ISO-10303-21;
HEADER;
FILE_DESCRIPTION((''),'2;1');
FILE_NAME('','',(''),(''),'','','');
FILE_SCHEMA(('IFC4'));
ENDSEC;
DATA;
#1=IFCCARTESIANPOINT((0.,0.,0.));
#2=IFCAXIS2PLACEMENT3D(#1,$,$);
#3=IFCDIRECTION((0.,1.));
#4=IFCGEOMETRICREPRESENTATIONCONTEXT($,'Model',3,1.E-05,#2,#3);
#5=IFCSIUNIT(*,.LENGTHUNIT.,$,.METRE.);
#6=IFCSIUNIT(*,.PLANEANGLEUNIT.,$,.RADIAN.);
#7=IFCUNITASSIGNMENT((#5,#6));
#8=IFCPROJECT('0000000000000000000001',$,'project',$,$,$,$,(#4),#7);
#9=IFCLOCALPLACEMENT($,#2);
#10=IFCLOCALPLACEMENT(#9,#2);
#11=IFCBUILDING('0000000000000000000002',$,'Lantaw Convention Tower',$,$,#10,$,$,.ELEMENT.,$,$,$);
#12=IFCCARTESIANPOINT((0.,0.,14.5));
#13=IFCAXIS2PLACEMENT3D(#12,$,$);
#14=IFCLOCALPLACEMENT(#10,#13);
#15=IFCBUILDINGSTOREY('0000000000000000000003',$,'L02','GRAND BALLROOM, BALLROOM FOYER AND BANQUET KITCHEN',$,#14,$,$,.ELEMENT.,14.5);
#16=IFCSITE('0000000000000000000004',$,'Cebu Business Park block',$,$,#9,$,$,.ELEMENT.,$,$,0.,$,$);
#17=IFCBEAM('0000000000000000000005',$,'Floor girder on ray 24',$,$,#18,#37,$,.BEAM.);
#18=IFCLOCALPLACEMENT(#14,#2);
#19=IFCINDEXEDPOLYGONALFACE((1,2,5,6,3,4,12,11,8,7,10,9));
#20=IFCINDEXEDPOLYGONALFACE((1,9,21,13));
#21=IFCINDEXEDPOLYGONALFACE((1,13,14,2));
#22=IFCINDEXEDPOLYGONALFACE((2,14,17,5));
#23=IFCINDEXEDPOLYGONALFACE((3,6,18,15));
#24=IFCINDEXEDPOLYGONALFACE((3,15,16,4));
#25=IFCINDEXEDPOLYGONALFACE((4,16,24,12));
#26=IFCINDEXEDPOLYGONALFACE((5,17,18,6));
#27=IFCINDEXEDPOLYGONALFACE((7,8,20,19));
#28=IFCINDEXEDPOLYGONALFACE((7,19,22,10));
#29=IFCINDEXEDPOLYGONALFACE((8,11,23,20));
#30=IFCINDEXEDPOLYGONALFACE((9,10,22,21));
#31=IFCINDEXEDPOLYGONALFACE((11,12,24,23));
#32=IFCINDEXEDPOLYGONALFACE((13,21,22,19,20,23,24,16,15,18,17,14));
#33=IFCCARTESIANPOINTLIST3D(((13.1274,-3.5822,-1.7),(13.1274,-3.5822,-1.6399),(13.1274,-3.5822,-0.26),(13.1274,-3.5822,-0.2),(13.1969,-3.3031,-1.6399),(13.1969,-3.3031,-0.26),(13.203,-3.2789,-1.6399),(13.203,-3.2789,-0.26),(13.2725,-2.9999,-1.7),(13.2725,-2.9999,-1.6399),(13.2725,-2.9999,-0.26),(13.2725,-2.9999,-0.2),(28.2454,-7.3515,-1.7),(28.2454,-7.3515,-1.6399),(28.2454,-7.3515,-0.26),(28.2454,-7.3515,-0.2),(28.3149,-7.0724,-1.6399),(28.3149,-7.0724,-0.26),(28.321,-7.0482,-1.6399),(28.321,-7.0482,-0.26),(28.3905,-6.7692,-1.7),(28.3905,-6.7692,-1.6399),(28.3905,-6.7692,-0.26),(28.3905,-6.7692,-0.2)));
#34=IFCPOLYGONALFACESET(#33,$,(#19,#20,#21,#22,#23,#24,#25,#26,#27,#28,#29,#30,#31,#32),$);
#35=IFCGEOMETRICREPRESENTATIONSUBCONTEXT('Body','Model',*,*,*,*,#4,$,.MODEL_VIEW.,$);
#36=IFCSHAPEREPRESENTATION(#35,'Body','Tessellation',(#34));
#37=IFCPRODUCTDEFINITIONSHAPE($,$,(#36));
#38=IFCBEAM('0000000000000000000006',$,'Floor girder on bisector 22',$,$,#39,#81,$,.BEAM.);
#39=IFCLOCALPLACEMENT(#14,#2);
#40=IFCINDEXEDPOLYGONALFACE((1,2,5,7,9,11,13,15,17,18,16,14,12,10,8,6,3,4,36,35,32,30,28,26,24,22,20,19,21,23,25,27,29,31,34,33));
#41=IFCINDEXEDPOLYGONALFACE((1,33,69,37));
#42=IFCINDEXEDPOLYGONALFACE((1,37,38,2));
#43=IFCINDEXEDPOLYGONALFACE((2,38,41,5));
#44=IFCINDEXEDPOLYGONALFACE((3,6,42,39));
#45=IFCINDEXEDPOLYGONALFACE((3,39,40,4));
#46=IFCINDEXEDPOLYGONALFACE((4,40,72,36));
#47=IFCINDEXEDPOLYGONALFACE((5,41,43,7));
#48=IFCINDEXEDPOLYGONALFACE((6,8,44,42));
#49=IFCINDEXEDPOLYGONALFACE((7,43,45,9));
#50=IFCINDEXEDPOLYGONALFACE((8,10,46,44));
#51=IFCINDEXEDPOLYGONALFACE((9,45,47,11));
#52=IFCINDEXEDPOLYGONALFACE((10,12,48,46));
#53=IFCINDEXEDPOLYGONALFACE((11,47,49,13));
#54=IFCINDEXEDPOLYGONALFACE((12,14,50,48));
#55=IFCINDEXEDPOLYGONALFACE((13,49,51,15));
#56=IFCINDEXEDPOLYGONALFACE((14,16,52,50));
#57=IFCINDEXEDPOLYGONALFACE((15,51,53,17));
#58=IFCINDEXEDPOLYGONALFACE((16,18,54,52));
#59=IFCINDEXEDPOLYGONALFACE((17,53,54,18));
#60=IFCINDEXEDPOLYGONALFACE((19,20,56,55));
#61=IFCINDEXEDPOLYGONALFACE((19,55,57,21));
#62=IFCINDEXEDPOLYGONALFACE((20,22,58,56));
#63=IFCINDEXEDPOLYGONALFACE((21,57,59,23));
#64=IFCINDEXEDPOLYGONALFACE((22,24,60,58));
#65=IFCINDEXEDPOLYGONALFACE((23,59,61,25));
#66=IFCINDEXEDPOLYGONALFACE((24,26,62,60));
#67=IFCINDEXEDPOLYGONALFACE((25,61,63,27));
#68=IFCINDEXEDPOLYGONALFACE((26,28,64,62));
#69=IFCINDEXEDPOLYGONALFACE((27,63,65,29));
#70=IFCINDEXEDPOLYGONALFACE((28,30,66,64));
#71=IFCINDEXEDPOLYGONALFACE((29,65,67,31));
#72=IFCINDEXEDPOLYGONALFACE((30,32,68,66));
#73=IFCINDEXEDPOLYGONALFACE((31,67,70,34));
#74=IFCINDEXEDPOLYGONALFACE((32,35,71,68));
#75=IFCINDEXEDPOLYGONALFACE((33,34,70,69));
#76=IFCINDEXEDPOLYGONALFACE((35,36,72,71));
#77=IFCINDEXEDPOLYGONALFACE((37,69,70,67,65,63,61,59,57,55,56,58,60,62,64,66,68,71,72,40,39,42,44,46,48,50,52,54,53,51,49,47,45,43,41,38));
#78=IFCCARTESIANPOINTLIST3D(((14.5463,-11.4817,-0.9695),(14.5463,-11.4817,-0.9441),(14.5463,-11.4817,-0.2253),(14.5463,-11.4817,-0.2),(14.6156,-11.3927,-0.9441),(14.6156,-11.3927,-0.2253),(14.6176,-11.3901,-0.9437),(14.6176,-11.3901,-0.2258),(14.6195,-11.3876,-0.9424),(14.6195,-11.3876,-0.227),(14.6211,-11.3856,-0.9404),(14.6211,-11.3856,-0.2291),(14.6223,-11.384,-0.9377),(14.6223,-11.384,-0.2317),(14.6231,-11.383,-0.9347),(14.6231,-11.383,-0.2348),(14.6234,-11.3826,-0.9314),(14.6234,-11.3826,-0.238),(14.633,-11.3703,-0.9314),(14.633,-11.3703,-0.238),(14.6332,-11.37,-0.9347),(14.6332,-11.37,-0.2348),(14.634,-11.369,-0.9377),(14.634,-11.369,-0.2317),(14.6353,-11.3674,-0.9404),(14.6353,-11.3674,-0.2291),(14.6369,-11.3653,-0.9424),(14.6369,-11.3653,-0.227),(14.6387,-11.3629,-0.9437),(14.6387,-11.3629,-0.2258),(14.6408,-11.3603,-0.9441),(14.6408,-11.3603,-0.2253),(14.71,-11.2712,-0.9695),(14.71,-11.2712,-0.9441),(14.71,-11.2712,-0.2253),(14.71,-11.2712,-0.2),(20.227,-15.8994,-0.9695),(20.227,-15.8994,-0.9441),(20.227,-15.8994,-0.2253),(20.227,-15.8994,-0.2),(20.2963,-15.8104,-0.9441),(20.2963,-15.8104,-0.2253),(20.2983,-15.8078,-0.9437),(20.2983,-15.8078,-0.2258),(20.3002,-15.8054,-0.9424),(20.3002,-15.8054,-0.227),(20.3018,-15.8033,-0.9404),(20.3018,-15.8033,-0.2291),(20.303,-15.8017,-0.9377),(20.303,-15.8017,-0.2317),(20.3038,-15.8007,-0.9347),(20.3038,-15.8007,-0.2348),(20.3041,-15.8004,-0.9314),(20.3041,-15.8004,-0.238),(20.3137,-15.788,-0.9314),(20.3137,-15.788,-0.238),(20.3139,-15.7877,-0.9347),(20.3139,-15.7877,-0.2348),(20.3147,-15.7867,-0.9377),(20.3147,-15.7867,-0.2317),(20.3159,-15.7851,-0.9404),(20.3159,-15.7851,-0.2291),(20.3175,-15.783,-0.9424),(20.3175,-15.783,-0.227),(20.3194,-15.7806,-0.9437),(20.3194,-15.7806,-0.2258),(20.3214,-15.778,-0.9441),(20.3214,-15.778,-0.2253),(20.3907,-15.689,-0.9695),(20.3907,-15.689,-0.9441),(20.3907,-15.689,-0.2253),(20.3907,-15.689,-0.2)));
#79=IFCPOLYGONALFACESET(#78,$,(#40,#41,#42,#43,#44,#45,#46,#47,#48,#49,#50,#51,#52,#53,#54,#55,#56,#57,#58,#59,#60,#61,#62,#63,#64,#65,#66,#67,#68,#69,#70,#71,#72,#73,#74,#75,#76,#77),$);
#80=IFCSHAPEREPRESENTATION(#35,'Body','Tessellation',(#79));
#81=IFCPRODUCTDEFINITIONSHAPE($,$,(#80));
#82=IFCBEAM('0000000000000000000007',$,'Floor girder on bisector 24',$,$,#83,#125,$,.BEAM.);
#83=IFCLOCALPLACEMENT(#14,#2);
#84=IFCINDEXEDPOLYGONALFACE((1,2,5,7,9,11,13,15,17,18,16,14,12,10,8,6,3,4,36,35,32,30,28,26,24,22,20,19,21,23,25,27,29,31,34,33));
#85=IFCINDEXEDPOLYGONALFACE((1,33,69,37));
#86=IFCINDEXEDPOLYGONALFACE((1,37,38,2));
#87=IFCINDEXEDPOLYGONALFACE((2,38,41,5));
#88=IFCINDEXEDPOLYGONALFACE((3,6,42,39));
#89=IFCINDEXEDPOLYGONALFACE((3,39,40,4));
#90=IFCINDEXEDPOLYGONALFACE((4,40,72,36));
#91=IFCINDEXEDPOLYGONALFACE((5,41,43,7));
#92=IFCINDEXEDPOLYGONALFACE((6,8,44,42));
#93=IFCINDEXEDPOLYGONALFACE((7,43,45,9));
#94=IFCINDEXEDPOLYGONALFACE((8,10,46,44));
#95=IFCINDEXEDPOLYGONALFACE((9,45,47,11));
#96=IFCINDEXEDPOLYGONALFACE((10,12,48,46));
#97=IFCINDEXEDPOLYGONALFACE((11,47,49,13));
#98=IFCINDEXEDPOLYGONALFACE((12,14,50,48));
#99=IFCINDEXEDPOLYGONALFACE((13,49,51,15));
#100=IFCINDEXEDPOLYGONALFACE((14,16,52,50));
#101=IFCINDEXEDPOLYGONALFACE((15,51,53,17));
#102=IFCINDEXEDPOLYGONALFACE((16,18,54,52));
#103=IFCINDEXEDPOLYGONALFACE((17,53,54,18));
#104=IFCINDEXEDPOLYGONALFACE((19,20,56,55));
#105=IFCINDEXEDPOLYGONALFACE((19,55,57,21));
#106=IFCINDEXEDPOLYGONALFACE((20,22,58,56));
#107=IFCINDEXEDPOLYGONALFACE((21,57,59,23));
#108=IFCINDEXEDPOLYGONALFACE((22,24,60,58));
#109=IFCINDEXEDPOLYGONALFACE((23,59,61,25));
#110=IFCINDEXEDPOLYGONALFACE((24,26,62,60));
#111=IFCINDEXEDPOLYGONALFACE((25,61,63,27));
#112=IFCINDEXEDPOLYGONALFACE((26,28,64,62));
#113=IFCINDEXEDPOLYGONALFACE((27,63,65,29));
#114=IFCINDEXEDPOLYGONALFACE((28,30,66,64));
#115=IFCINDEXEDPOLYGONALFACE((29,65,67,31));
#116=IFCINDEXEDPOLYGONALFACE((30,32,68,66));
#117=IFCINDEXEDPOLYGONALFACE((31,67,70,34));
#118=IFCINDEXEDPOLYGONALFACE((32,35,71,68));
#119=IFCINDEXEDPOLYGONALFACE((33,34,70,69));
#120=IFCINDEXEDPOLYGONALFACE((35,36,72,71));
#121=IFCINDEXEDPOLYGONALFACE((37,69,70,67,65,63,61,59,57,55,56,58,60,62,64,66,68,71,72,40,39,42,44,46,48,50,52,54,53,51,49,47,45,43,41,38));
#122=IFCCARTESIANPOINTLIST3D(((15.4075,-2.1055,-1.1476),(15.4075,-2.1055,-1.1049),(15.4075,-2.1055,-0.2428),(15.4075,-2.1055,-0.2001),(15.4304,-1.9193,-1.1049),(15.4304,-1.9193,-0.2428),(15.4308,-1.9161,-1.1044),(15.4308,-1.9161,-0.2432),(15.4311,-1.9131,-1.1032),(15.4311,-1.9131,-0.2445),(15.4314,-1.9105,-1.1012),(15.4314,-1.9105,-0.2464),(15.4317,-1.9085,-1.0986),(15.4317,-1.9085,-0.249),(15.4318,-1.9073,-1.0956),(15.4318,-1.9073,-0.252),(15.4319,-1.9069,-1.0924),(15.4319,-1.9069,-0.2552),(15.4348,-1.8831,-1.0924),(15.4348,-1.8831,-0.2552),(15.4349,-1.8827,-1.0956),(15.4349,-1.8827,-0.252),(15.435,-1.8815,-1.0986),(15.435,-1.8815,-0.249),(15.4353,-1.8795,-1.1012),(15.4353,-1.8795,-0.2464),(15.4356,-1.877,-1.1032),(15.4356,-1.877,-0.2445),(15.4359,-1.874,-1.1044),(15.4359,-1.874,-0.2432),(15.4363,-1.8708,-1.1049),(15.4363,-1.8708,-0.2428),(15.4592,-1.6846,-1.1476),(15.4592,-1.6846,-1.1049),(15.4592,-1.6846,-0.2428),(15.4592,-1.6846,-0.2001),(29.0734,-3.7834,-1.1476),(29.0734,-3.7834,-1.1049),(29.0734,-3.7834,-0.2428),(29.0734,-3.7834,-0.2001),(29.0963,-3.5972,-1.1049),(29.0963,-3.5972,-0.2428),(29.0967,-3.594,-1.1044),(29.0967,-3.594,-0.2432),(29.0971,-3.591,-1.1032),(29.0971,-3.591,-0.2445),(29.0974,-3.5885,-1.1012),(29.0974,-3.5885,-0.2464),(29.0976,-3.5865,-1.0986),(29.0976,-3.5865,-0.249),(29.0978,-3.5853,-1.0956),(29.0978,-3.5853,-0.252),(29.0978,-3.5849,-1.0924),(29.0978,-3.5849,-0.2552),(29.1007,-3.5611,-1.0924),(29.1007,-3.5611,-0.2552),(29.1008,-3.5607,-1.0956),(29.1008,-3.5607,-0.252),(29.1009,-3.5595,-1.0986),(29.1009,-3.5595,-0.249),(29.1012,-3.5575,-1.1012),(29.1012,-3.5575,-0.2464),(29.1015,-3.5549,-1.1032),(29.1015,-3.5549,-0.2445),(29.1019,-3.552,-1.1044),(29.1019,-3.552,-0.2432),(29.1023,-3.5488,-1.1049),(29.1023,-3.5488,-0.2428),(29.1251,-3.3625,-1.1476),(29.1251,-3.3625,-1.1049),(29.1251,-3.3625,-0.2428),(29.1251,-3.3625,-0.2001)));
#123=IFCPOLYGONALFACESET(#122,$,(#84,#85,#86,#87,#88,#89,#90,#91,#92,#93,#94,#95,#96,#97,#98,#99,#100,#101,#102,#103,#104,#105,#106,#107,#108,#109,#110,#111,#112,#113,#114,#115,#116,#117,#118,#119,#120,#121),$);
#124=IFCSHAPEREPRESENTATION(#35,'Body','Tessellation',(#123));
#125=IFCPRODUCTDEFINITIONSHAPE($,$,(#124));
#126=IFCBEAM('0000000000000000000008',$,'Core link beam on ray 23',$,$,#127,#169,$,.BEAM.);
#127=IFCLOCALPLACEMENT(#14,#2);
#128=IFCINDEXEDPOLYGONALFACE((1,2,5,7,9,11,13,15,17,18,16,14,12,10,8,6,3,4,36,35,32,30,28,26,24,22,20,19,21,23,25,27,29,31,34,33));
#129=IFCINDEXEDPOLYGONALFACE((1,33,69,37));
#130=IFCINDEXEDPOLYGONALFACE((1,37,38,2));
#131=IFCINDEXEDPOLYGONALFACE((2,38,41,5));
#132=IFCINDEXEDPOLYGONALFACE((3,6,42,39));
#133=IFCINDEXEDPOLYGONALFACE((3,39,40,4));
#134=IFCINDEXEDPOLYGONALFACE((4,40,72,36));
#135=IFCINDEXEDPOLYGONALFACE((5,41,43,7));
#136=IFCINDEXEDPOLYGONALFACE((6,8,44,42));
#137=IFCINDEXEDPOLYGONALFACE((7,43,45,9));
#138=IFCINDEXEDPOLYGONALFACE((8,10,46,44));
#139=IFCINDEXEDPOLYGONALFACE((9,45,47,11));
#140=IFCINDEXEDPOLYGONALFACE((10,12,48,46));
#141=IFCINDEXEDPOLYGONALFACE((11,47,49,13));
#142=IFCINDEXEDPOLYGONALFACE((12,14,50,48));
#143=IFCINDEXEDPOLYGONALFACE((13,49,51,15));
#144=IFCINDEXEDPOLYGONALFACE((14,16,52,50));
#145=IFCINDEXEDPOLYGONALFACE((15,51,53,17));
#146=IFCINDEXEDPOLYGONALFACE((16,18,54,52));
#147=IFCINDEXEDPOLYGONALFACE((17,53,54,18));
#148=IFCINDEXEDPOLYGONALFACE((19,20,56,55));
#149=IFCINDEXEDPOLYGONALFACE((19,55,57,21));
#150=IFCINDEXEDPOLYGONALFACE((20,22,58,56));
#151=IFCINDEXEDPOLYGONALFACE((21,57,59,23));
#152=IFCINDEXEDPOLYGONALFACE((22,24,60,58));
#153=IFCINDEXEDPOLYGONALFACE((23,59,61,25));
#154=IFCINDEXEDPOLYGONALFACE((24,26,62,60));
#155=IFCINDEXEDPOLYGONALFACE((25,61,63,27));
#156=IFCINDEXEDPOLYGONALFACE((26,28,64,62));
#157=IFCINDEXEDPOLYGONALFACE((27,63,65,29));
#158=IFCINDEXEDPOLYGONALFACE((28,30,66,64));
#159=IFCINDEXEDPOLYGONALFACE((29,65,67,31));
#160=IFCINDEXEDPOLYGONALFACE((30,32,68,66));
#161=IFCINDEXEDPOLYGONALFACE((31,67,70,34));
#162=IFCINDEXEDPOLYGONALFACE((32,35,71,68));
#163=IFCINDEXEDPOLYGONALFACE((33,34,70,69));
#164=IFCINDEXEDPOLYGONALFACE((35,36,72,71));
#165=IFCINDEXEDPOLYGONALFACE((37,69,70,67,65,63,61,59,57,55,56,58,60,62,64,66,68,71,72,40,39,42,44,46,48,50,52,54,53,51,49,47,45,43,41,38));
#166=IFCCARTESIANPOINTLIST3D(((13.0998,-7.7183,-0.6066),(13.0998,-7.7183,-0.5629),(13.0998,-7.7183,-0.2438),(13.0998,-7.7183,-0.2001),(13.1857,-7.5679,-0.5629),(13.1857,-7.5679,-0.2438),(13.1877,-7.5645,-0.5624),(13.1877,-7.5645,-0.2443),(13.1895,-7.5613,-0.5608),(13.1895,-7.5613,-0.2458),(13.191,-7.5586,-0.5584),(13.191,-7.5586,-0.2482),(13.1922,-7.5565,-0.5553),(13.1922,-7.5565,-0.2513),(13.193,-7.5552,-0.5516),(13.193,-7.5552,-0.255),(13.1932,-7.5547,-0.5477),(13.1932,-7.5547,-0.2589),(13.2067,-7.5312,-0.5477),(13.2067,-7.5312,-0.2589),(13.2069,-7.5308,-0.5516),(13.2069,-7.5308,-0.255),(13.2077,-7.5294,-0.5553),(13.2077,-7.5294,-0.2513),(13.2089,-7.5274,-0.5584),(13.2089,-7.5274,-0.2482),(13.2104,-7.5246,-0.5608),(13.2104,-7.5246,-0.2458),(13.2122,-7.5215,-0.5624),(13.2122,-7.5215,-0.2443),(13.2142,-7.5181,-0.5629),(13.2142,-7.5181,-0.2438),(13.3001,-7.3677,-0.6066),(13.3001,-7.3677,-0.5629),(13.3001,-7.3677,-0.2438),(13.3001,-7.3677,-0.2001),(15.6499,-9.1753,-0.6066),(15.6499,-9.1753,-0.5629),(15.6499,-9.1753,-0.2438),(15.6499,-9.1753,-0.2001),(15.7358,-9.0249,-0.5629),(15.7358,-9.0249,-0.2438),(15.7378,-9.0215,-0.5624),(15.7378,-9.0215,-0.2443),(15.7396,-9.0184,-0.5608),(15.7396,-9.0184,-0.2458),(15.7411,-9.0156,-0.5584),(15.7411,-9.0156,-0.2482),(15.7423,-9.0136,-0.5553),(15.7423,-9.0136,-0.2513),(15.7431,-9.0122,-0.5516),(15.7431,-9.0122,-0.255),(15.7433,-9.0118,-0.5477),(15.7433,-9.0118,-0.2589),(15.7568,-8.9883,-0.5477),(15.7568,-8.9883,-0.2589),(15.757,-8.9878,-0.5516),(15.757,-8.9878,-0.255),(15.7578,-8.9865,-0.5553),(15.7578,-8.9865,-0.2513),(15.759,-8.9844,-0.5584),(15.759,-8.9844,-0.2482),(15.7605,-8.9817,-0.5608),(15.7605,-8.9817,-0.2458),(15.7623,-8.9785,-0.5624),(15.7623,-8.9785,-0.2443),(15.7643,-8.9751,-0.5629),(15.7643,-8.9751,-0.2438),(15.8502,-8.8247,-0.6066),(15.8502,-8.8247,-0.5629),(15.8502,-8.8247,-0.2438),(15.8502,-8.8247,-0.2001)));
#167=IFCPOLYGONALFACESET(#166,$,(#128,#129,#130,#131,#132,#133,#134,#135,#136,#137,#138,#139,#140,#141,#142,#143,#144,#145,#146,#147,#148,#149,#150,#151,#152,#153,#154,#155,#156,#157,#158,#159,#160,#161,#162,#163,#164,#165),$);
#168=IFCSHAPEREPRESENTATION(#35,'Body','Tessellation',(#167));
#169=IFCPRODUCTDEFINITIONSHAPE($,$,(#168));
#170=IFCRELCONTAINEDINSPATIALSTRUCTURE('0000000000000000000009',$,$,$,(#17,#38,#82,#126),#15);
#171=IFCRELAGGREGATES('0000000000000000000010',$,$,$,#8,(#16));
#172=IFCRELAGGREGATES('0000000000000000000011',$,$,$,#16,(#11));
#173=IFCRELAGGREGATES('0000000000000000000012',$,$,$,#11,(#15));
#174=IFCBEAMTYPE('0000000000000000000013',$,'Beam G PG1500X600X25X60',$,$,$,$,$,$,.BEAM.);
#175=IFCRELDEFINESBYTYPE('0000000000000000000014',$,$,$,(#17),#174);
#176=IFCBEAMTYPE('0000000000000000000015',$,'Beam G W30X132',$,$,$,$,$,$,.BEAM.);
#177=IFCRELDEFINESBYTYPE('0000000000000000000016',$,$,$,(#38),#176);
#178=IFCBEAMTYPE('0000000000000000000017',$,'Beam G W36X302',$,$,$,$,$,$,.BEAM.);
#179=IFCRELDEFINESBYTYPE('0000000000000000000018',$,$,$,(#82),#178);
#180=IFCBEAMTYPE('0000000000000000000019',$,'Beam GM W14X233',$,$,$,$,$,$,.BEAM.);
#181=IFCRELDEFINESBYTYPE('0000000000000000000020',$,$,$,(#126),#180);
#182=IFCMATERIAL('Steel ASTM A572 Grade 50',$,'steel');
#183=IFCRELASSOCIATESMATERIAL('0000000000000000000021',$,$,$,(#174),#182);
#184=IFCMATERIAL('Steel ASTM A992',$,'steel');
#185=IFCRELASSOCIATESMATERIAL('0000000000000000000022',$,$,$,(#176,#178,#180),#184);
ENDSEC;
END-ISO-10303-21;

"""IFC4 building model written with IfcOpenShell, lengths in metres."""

from ifc_helpers import new_model, si_unit, direction, frame, origin, origin_2d, place, context, subcontext, project, spatial, i_section, extrude, material, material_profile, profile_set, type_object, element, save


model = new_model("IFC4")

# Units and contexts
model_context = context("Model", 3, precision=1e-05, world=origin(), true_north=direction((0.0, 1.0)))
body_context = subcontext(model_context, "Body", "Model", "MODEL_VIEW")
ifc_project = project(units=[si_unit("LENGTHUNIT", "METRE"), si_unit("PLANEANGLEUNIT", "RADIAN")], contexts=[model_context])

# Site, building, storey
site_placement = place(None, origin())
site = spatial("IfcSite", under=ifc_project, at=site_placement, Name="Cebu Business Park block", CompositionType="ELEMENT", RefElevation=0.0)
building_placement = place(site_placement, origin())
building = spatial("IfcBuilding", under=site, at=building_placement, Name="Lantaw Convention Tower", CompositionType="ELEMENT")
storey_placement = place(building_placement, frame((0.0, 0.0, 14.5)))
storey = spatial("IfcBuildingStorey", under=building, at=storey_placement, Name="L02", Description="GRAND BALLROOM, BALLROOM FOYER AND BANQUET KITCHEN", CompositionType="ELEMENT", Elevation=14.5)

# Shared definitions
ifc_material_1 = material(Name="Steel ASTM A572 Grade 50", Category="steel")

# Beams
ifc_material_2 = material(Name="Steel ASTM A992", Category="steel")
ifc_material_profile_1 = material_profile(ifc_material_1, i_section(OverallWidth=0.6001, OverallDepth=1.5, WebThickness=0.0249, FlangeThickness=0.0601, at=origin_2d()), Name="PG1500X600X25X60")
ifc_profile_set_1 = profile_set([ifc_material_profile_1], Name="Steel ASTM A572 Grade 50")
beam_type_1 = type_object("IfcBeamType", Name="Beam G PG1500X600X25X60", PredefinedType="BEAM", material=ifc_profile_set_1)
beam_1_placement = place(storey_placement, frame((13.2, -3.291, -0.95), z_axis=(0.970296, -0.24192, 0.0), x_axis=(0.24192, 0.970296, 0.0)))
element("IfcBeam", 1, at=beam_1_placement, inside=storey, type_object=beam_type_1, Name="Floor girder on ray 24", PredefinedType="BEAM", context=body_context, shape_type="SweptSolid", body=[
    extrude(i_section(OverallWidth=0.6001, OverallDepth=1.5, WebThickness=0.0249, FlangeThickness=0.0601, at=origin_2d()), origin(), (0.0, 0.0, 1.0), 15.5808),
])
ifc_material_profile_2 = material_profile(ifc_material_2, i_section(OverallWidth=0.2666, OverallDepth=0.7695, WebThickness=0.0156, FlangeThickness=0.0254, FilletRadius=0.0127, at=origin_2d()), Name="W30X132")
ifc_profile_set_2 = profile_set([ifc_material_profile_2], Name="Steel ASTM A992")
beam_type_2 = type_object("IfcBeamType", Name="Beam G W30X132", PredefinedType="BEAM", material=ifc_profile_set_2)
beam_2_placement = place(storey_placement, frame((14.6282, -11.3765, -0.5847), z_axis=(0.789391, -0.613891, 0.0), x_axis=(0.613891, 0.789391, 0.0)))
element("IfcBeam", 2, at=beam_2_placement, inside=storey, type_object=beam_type_2, Name="Floor girder on bisector 22", PredefinedType="BEAM", context=body_context, shape_type="SweptSolid", body=[
    extrude(i_section(OverallWidth=0.2666, OverallDepth=0.7695, WebThickness=0.0156, FlangeThickness=0.0254, FilletRadius=0.0127, at=origin_2d()), origin(), (0.0, 0.0, 1.0), 7.1963),
])
ifc_material_profile_3 = material_profile(ifc_material_2, i_section(OverallWidth=0.4241, OverallDepth=0.9475, WebThickness=0.0239, FlangeThickness=0.0427, FilletRadius=0.0125, at=origin_2d()), Name="W36X302")
ifc_profile_set_3 = profile_set([ifc_material_profile_3], Name="Steel ASTM A992")
beam_type_3 = type_object("IfcBeamType", Name="Beam G W36X302", PredefinedType="BEAM", material=ifc_profile_set_3)
beam_3_placement = place(storey_placement, frame((15.4333, -1.895, -0.6738), z_axis=(0.992546, -0.12187, 0.0), x_axis=(0.12187, 0.992546, 0.0)))
element("IfcBeam", 3, at=beam_3_placement, inside=storey, type_object=beam_type_3, Name="Floor girder on bisector 24", PredefinedType="BEAM", context=body_context, shape_type="SweptSolid", body=[
    extrude(i_section(OverallWidth=0.4241, OverallDepth=0.9475, WebThickness=0.0239, FlangeThickness=0.0427, FilletRadius=0.0125, at=origin_2d()), origin(), (0.0, 0.0, 1.0), 13.7686),
])
ifc_material_profile_4 = material_profile(ifc_material_2, i_section(OverallWidth=0.4038, OverallDepth=0.4065, WebThickness=0.0271, FlangeThickness=0.0437, FilletRadius=0.0151, at=origin_2d()), Name="W14X233")
ifc_profile_set_4 = profile_set([ifc_material_profile_4], Name="Steel ASTM A992")
beam_type_4 = type_object("IfcBeamType", Name="Beam GM W14X233", PredefinedType="BEAM", material=ifc_profile_set_4)
beam_4_placement = place(storey_placement, frame((13.2, -7.543, -0.4033), z_axis=(0.868264, -0.496103, 0.0), x_axis=(0.496103, 0.868264, 0.0)))
element("IfcBeam", 4, at=beam_4_placement, inside=storey, type_object=beam_type_4, Name="Core link beam on ray 23", PredefinedType="BEAM", context=body_context, shape_type="SweptSolid", body=[
    extrude(i_section(OverallWidth=0.4038, OverallDepth=0.4065, WebThickness=0.0271, FlangeThickness=0.0437, FilletRadius=0.0151, at=origin_2d()), origin(), (0.0, 0.0, 1.0), 2.937),
])

save(model, "model.ifc")
